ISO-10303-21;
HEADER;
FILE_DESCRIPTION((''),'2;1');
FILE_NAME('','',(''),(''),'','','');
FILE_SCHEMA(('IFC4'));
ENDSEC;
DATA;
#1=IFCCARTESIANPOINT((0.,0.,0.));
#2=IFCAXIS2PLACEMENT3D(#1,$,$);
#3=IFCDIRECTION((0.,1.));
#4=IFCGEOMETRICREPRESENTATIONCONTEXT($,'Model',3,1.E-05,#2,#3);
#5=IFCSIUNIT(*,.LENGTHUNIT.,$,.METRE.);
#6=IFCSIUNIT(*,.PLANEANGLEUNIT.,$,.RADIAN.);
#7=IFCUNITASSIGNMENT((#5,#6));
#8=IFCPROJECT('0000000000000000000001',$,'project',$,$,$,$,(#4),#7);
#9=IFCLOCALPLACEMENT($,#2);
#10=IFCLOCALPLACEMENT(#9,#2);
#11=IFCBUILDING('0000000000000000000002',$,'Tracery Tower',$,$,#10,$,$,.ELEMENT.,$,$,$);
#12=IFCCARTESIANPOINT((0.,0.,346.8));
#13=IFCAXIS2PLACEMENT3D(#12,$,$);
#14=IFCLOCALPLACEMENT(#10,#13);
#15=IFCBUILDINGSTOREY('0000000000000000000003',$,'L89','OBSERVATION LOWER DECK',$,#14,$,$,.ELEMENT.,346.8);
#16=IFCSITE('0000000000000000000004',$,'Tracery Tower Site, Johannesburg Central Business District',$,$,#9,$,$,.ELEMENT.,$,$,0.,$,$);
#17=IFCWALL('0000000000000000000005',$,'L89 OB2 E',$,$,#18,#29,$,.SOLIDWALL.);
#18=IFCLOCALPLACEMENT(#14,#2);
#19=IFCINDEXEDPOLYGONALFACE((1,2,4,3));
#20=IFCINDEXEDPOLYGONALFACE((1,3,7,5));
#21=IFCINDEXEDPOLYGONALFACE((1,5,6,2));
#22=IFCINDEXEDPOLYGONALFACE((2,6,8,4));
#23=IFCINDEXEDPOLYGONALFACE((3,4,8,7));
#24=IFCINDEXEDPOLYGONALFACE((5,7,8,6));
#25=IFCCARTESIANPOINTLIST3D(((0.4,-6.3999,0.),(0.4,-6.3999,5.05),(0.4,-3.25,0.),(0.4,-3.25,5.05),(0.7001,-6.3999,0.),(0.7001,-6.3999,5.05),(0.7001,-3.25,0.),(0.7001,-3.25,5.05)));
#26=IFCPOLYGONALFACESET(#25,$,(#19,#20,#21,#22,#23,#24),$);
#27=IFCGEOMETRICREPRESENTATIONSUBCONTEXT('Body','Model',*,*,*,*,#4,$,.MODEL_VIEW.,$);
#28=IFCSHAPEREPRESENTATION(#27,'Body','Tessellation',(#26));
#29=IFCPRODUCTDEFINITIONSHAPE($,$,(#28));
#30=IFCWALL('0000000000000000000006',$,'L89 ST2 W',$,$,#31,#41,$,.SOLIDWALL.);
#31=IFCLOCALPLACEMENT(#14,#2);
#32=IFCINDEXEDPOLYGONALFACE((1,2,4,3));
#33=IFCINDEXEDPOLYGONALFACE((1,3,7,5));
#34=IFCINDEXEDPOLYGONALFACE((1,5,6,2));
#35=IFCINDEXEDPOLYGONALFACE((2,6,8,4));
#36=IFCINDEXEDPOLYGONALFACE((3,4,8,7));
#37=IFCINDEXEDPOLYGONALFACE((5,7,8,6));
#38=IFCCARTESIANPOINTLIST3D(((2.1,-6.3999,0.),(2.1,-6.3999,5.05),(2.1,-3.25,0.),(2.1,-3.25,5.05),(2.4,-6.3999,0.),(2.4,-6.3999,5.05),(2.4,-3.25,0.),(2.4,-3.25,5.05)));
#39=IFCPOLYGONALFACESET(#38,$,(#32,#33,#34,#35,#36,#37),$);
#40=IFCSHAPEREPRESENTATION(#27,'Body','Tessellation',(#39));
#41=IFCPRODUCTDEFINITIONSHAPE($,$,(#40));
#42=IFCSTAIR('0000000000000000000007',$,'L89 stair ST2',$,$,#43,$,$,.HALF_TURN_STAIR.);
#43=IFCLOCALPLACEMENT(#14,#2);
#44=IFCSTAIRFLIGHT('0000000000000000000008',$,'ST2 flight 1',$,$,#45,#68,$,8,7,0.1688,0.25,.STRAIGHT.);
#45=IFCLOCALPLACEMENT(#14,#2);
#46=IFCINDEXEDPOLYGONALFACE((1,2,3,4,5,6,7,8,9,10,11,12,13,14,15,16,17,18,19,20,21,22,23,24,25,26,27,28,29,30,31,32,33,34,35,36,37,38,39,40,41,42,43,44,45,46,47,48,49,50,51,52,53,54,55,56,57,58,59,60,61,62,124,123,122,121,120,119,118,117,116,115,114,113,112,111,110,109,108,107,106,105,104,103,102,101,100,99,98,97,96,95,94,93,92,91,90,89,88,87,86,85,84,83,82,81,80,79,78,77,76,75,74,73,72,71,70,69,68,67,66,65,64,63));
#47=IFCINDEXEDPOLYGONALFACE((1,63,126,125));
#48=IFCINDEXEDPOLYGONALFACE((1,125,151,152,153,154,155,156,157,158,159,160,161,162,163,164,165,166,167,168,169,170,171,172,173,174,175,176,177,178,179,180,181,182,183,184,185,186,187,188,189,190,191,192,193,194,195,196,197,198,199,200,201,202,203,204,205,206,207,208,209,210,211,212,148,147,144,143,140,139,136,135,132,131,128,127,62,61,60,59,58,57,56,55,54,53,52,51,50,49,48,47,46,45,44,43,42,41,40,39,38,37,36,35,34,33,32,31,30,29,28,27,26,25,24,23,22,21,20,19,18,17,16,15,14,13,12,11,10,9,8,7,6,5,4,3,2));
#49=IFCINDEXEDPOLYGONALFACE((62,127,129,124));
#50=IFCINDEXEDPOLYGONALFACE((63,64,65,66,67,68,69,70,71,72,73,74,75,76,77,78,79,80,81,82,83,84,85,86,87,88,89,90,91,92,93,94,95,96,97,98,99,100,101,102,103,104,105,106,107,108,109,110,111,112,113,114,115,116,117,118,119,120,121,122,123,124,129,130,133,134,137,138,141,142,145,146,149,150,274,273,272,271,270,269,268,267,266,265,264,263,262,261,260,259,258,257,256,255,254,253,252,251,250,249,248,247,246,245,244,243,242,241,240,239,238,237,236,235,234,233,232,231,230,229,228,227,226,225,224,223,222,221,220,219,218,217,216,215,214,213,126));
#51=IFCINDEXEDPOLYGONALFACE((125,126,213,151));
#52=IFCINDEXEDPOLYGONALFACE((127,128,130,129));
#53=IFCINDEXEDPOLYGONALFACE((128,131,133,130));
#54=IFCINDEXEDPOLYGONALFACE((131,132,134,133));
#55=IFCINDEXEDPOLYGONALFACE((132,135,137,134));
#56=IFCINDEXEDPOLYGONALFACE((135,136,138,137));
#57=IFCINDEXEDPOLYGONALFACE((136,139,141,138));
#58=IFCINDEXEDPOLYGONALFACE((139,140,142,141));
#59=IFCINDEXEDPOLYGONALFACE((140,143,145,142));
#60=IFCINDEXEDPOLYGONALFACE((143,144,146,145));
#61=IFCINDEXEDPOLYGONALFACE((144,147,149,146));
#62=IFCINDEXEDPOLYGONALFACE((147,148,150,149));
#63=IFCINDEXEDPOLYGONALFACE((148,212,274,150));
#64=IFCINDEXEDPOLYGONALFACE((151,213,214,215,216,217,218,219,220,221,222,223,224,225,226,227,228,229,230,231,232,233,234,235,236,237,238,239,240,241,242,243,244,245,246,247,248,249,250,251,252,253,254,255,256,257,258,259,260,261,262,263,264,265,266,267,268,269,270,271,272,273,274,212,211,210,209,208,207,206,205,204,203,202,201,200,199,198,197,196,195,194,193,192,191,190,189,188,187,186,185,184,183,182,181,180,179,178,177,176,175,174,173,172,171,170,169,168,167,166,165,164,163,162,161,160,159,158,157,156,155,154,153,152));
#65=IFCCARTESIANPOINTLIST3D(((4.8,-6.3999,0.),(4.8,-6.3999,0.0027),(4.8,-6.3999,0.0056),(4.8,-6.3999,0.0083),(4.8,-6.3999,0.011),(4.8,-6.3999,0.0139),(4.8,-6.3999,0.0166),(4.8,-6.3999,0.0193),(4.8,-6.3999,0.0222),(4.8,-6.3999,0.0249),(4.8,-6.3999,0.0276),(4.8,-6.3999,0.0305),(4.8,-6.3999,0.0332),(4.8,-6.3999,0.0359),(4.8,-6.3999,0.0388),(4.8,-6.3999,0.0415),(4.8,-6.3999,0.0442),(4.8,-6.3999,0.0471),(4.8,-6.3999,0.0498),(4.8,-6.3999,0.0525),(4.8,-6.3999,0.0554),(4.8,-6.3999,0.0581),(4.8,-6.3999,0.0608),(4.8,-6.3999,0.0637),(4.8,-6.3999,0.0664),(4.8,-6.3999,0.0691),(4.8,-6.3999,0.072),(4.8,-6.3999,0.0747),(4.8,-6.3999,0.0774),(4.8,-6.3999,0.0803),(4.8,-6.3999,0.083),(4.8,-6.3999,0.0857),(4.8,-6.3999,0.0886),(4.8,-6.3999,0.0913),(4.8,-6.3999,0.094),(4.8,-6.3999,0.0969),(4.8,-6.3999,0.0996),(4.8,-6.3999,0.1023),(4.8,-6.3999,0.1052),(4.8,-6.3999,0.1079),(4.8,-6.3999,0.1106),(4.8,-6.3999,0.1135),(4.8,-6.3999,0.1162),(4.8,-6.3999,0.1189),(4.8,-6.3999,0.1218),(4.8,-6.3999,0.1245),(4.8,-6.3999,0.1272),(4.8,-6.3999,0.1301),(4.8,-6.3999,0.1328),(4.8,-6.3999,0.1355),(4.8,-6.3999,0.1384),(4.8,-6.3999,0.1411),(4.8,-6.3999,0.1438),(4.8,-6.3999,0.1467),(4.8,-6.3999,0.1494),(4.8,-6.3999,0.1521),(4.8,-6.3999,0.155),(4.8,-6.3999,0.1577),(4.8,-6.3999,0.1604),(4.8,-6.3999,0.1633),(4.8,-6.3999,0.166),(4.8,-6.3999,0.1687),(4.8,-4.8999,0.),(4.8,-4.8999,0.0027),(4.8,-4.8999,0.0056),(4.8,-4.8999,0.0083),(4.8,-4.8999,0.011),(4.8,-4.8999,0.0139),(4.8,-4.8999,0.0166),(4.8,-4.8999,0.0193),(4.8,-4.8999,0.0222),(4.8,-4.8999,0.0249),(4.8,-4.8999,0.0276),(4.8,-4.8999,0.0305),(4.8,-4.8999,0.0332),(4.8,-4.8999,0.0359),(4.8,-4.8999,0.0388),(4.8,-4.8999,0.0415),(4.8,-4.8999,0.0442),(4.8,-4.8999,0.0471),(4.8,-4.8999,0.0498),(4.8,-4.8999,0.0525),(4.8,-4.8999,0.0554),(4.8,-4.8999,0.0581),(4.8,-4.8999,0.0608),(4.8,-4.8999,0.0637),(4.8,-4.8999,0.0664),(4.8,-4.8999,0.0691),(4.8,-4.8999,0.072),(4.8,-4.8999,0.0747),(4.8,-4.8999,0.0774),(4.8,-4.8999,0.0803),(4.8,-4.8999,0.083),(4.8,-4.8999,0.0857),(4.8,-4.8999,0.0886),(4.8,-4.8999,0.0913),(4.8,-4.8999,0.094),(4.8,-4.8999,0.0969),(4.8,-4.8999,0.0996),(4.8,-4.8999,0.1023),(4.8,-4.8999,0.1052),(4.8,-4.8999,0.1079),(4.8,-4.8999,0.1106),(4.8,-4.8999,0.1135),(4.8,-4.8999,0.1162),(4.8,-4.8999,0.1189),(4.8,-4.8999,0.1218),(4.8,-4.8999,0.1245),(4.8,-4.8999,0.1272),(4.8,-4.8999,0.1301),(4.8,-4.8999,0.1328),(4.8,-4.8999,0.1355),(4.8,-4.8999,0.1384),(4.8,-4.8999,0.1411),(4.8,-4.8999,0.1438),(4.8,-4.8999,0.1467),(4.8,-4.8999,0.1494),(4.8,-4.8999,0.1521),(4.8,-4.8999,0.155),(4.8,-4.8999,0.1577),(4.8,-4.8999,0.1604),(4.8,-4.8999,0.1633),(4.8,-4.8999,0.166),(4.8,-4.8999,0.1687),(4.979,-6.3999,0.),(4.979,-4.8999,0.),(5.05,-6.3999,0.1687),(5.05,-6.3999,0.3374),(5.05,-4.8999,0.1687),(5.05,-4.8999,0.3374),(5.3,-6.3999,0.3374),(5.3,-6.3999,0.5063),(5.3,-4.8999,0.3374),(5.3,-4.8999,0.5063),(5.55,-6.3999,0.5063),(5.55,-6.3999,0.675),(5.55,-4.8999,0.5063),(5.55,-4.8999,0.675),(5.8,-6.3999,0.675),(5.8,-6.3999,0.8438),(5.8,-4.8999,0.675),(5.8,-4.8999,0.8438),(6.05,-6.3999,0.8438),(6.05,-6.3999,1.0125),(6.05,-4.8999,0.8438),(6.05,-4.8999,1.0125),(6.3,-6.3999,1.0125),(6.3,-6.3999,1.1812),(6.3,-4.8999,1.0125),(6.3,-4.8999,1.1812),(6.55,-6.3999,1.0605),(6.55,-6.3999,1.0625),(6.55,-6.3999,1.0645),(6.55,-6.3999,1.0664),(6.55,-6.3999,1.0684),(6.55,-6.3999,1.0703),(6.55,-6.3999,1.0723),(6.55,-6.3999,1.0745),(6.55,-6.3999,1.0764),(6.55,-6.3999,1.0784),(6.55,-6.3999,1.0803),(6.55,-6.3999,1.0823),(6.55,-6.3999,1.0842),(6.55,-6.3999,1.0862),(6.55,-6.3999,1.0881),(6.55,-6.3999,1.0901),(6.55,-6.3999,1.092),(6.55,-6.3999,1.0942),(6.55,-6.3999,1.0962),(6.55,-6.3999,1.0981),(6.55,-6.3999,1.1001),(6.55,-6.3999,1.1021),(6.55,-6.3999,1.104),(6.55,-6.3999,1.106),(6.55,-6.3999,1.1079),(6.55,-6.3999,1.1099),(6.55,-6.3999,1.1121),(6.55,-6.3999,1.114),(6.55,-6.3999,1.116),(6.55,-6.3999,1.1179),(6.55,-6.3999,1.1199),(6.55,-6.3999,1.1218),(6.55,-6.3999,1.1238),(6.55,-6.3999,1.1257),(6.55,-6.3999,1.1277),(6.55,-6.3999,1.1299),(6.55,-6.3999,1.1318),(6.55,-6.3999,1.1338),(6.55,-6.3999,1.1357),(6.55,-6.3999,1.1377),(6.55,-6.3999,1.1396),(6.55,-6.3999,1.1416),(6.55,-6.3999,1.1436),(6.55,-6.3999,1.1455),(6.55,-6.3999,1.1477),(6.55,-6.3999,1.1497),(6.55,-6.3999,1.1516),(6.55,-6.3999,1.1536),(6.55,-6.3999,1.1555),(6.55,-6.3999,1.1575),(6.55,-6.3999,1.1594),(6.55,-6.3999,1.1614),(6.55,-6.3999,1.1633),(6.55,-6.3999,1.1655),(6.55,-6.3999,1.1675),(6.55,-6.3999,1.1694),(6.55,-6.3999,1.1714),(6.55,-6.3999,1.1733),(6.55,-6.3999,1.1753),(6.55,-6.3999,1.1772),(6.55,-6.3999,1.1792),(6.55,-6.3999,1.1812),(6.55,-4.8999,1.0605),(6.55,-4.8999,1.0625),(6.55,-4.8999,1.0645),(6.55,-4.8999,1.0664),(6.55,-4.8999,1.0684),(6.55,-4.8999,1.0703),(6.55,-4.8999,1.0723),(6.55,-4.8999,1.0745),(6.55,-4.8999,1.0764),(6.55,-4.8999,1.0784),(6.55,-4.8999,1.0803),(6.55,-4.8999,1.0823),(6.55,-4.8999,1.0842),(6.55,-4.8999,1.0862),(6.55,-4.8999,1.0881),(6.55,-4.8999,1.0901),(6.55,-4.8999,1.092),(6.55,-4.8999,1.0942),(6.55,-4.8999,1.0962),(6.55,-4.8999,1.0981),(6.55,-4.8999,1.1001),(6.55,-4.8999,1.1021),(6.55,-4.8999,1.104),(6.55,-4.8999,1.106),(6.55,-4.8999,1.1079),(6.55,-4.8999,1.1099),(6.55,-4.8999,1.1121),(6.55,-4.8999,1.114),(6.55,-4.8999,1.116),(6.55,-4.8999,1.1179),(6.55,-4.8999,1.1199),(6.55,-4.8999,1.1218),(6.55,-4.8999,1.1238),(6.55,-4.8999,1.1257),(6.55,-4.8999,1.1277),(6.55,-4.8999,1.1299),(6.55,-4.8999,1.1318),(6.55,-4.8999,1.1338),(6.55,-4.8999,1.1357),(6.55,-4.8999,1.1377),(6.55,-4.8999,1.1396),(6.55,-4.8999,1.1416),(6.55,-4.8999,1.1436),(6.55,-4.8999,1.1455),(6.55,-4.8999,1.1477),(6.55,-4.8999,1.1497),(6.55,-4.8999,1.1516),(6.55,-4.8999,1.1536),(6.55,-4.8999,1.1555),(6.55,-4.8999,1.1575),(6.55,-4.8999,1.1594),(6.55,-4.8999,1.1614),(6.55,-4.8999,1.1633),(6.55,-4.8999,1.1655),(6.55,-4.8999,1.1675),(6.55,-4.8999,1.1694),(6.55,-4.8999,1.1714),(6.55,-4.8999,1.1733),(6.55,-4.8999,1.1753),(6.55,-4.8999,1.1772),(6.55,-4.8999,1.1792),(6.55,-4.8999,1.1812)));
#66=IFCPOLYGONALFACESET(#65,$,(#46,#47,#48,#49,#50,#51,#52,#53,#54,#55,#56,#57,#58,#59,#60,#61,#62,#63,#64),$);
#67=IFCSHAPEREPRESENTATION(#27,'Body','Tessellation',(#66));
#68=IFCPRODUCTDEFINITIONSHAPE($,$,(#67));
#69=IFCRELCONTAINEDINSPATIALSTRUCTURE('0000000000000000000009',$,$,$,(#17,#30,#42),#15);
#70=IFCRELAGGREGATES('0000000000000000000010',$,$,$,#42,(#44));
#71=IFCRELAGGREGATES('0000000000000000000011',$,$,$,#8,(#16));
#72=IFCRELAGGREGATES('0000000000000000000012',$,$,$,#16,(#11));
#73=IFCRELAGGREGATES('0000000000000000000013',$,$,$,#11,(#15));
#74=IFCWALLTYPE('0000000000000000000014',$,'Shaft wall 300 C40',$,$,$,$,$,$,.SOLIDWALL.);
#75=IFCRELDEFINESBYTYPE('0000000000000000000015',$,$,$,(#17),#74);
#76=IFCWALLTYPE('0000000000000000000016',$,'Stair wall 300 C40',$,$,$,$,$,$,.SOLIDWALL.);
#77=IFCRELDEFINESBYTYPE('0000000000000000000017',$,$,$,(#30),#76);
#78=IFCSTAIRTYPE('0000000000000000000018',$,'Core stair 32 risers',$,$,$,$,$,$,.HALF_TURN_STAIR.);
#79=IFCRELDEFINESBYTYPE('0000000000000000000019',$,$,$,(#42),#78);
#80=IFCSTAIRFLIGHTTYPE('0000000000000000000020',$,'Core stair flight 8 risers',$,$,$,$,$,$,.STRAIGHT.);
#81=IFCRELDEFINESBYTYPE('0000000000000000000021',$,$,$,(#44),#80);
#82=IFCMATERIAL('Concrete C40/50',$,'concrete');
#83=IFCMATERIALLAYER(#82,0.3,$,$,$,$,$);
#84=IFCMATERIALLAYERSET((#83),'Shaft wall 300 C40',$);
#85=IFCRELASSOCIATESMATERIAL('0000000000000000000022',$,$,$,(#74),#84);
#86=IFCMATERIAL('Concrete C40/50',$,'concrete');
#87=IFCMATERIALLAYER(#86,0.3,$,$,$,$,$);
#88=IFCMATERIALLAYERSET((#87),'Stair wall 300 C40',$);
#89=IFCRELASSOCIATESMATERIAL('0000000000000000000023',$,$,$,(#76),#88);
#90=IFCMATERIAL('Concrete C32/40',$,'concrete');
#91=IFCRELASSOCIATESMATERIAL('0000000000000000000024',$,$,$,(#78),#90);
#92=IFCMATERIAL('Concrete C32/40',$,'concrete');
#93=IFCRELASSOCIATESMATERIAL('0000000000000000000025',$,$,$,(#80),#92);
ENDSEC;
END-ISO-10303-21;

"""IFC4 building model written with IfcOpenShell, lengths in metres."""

from ifc_helpers import new_model, si_unit, direction, frame, frame_2d, origin, place, context, subcontext, project, spatial, polyline, rectangle, outline, extrude, material, layer, layer_set, type_object, element, aggregate, save


model = new_model("IFC4")

# Units and contexts
model_context = context("Model", 3, precision=1e-05, world=origin(), true_north=direction((0.0, 1.0)))
body_context = subcontext(model_context, "Body", "Model", "MODEL_VIEW")
ifc_project = project(units=[si_unit("LENGTHUNIT", "METRE"), si_unit("PLANEANGLEUNIT", "RADIAN")], contexts=[model_context])

# Site, building, storey
site_placement = place(None, origin())
site = spatial("IfcSite", under=ifc_project, at=site_placement, Name="Tracery Tower Site, Johannesburg Central Business District", CompositionType="ELEMENT", RefElevation=0.0)
building_placement = place(site_placement, origin())
building = spatial("IfcBuilding", under=site, at=building_placement, Name="Tracery Tower", CompositionType="ELEMENT")
storey_placement = place(building_placement, frame((0.0, 0.0, 346.8)))
storey = spatial("IfcBuildingStorey", under=building, at=storey_placement, Name="L89", Description="OBSERVATION LOWER DECK", CompositionType="ELEMENT", Elevation=346.8)

# Wall
ifc_material_1 = material(Name="Concrete C40/50", Category="concrete")
ifc_layer_1 = layer(ifc_material_1, 0.3)
ifc_layer_set_1 = layer_set([ifc_layer_1], Name="Shaft wall 300 C40")
wall_type_1 = type_object("IfcWallType", Name="Shaft wall 300 C40", PredefinedType="SOLIDWALL", material=ifc_layer_set_1)
wall_1_placement = place(storey_placement, frame((0.55, -6.3999, 0.0), z_axis=(0.0, 0.0, 1.0), x_axis=(0.0, 1.0, 0.0)))
element("IfcWall", 1, at=wall_1_placement, inside=storey, type_object=wall_type_1, Name="L89 OB2 E", PredefinedType="SOLIDWALL", context=body_context, shape_type="SweptSolid", body=[
    extrude(rectangle(XDim=3.1499, YDim=0.3, at=frame_2d((1.575, 0.0))), origin(), (0.0, 0.0, 1.0), 5.05),
])

# Shared definitions
ifc_material_2 = material(Name="Concrete C40/50", Category="concrete")
ifc_layer_2 = layer(ifc_material_2, 0.3)
ifc_layer_set_2 = layer_set([ifc_layer_2], Name="Stair wall 300 C40")
wall_type_2 = type_object("IfcWallType", Name="Stair wall 300 C40", PredefinedType="SOLIDWALL", material=ifc_layer_set_2)

# Wall
wall_2_placement = place(storey_placement, frame((2.25, -6.3999, 0.0), z_axis=(0.0, 0.0, 1.0), x_axis=(0.0, 1.0, 0.0)))
element("IfcWall", 2, at=wall_2_placement, inside=storey, type_object=wall_type_2, Name="L89 ST2 W", PredefinedType="SOLIDWALL", context=body_context, shape_type="SweptSolid", body=[
    extrude(rectangle(XDim=3.1499, YDim=0.3, at=frame_2d((1.575, 0.0))), origin(), (0.0, 0.0, 1.0), 5.05),
])

# Stair, stair flight
ifc_material_3 = material(Name="Concrete C32/40", Category="concrete")
stair_type = type_object("IfcStairType", Name="Core stair 32 risers", PredefinedType="HALF_TURN_STAIR", material=ifc_material_3)
stair_placement = place(storey_placement, origin())
stair = element("IfcStair", 3, at=stair_placement, inside=storey, type_object=stair_type, Name="L89 stair ST2", PredefinedType="HALF_TURN_STAIR")
ifc_material_4 = material(Name="Concrete C32/40", Category="concrete")
stair_flight_type = type_object("IfcStairFlightType", Name="Core stair flight 8 risers", PredefinedType="STRAIGHT", material=ifc_material_4)
stair_flight_1_placement = place(storey_placement, frame((4.8, -5.6499, 0.0), z_axis=(0.0, 0.0, 1.0), x_axis=(1.0, 0.0, 0.0)))
stair_flight_1 = element("IfcStairFlight", 4, at=stair_flight_1_placement, type_object=stair_flight_type, Name="ST2 flight 1", NumberOfRisers=8, NumberOfTreads=7, PredefinedType="STRAIGHT", RiserHeight=0.1688, TreadLength=0.25, context=body_context, shape_type="SweptSolid", body=[
    extrude(outline(polyline([(0.0, 0.0), (0.0, 0.0027), (0.0, 0.0056), (0.0, 0.0083), (0.0, 0.011), (0.0, 0.0139), (0.0, 0.0166), (0.0, 0.0193), (0.0, 0.0222), (0.0, 0.0249), (0.0, 0.0276), (0.0, 0.0305), (0.0, 0.0332), (0.0, 0.0359), (0.0, 0.0388), (0.0, 0.0415), (0.0, 0.0442), (0.0, 0.0471), (0.0, 0.0498), (0.0, 0.0525), (0.0, 0.0554), (0.0, 0.0581), (0.0, 0.0608), (0.0, 0.0637), (0.0, 0.0664), (0.0, 0.0691), (0.0, 0.072), (0.0, 0.0747), (0.0, 0.0774), (0.0, 0.0803), (0.0, 0.083), (0.0, 0.0857), (0.0, 0.0886), (0.0, 0.0913), (0.0, 0.094), (0.0, 0.0969), (0.0, 0.0996), (0.0, 0.1023), (0.0, 0.1052), (0.0, 0.1079), (0.0, 0.1106), (0.0, 0.1135), (0.0, 0.1162), (0.0, 0.1189), (0.0, 0.1218), (0.0, 0.1245), (0.0, 0.1272), (0.0, 0.1301), (0.0, 0.1328), (0.0, 0.1355), (0.0, 0.1384), (0.0, 0.1411), (0.0, 0.1438), (0.0, 0.1467), (0.0, 0.1494), (0.0, 0.1521), (0.0, 0.155), (0.0, 0.1577), (0.0, 0.1604), (0.0, 0.1633), (0.0, 0.166), (0.0, 0.1687), (0.25, 0.1687), (0.25, 0.3374), (0.5, 0.3374), (0.5, 0.5063), (0.75, 0.5063), (0.75, 0.675), (1.0, 0.675), (1.0, 0.8438), (1.25, 0.8438), (1.25, 1.0125), (1.5, 1.0125), (1.5, 1.1812), (1.75, 1.1812), (1.75, 1.1792), (1.75, 1.1772), (1.75, 1.1753), (1.75, 1.1733), (1.75, 1.1714), (1.75, 1.1694), (1.75, 1.1675), (1.75, 1.1655), (1.75, 1.1633), (1.75, 1.1614), (1.75, 1.1594), (1.75, 1.1575), (1.75, 1.1555), (1.75, 1.1536), (1.75, 1.1516), (1.75, 1.1497), (1.75, 1.1477), (1.75, 1.1455), (1.75, 1.1436), (1.75, 1.1416), (1.75, 1.1396), (1.75, 1.1377), (1.75, 1.1357), (1.75, 1.1338), (1.75, 1.1318), (1.75, 1.1299), (1.75, 1.1277), (1.75, 1.1257), (1.75, 1.1238), (1.75, 1.1218), (1.75, 1.1199), (1.75, 1.1179), (1.75, 1.116), (1.75, 1.114), (1.75, 1.1121), (1.75, 1.1099), (1.75, 1.1079), (1.75, 1.106), (1.75, 1.104), (1.75, 1.1021), (1.75, 1.1001), (1.75, 1.0981), (1.75, 1.0962), (1.75, 1.0942), (1.75, 1.092), (1.75, 1.0901), (1.75, 1.0881), (1.75, 1.0862), (1.75, 1.0842), (1.75, 1.0823), (1.75, 1.0803), (1.75, 1.0784), (1.75, 1.0764), (1.75, 1.0745), (1.75, 1.0723), (1.75, 1.0703), (1.75, 1.0684), (1.75, 1.0664), (1.75, 1.0645), (1.75, 1.0625), (1.75, 1.0605), (0.179, 0.0), (0.0, 0.0)])), frame((0.0, 0.75, 0.0), z_axis=(0.0, -1.0, 0.0), x_axis=(1.0, 0.0, 0.0)), (0.0, 0.0, 1.0), 1.5),
])
aggregate(stair, [stair_flight_1])

save(model, "model.ifc")
